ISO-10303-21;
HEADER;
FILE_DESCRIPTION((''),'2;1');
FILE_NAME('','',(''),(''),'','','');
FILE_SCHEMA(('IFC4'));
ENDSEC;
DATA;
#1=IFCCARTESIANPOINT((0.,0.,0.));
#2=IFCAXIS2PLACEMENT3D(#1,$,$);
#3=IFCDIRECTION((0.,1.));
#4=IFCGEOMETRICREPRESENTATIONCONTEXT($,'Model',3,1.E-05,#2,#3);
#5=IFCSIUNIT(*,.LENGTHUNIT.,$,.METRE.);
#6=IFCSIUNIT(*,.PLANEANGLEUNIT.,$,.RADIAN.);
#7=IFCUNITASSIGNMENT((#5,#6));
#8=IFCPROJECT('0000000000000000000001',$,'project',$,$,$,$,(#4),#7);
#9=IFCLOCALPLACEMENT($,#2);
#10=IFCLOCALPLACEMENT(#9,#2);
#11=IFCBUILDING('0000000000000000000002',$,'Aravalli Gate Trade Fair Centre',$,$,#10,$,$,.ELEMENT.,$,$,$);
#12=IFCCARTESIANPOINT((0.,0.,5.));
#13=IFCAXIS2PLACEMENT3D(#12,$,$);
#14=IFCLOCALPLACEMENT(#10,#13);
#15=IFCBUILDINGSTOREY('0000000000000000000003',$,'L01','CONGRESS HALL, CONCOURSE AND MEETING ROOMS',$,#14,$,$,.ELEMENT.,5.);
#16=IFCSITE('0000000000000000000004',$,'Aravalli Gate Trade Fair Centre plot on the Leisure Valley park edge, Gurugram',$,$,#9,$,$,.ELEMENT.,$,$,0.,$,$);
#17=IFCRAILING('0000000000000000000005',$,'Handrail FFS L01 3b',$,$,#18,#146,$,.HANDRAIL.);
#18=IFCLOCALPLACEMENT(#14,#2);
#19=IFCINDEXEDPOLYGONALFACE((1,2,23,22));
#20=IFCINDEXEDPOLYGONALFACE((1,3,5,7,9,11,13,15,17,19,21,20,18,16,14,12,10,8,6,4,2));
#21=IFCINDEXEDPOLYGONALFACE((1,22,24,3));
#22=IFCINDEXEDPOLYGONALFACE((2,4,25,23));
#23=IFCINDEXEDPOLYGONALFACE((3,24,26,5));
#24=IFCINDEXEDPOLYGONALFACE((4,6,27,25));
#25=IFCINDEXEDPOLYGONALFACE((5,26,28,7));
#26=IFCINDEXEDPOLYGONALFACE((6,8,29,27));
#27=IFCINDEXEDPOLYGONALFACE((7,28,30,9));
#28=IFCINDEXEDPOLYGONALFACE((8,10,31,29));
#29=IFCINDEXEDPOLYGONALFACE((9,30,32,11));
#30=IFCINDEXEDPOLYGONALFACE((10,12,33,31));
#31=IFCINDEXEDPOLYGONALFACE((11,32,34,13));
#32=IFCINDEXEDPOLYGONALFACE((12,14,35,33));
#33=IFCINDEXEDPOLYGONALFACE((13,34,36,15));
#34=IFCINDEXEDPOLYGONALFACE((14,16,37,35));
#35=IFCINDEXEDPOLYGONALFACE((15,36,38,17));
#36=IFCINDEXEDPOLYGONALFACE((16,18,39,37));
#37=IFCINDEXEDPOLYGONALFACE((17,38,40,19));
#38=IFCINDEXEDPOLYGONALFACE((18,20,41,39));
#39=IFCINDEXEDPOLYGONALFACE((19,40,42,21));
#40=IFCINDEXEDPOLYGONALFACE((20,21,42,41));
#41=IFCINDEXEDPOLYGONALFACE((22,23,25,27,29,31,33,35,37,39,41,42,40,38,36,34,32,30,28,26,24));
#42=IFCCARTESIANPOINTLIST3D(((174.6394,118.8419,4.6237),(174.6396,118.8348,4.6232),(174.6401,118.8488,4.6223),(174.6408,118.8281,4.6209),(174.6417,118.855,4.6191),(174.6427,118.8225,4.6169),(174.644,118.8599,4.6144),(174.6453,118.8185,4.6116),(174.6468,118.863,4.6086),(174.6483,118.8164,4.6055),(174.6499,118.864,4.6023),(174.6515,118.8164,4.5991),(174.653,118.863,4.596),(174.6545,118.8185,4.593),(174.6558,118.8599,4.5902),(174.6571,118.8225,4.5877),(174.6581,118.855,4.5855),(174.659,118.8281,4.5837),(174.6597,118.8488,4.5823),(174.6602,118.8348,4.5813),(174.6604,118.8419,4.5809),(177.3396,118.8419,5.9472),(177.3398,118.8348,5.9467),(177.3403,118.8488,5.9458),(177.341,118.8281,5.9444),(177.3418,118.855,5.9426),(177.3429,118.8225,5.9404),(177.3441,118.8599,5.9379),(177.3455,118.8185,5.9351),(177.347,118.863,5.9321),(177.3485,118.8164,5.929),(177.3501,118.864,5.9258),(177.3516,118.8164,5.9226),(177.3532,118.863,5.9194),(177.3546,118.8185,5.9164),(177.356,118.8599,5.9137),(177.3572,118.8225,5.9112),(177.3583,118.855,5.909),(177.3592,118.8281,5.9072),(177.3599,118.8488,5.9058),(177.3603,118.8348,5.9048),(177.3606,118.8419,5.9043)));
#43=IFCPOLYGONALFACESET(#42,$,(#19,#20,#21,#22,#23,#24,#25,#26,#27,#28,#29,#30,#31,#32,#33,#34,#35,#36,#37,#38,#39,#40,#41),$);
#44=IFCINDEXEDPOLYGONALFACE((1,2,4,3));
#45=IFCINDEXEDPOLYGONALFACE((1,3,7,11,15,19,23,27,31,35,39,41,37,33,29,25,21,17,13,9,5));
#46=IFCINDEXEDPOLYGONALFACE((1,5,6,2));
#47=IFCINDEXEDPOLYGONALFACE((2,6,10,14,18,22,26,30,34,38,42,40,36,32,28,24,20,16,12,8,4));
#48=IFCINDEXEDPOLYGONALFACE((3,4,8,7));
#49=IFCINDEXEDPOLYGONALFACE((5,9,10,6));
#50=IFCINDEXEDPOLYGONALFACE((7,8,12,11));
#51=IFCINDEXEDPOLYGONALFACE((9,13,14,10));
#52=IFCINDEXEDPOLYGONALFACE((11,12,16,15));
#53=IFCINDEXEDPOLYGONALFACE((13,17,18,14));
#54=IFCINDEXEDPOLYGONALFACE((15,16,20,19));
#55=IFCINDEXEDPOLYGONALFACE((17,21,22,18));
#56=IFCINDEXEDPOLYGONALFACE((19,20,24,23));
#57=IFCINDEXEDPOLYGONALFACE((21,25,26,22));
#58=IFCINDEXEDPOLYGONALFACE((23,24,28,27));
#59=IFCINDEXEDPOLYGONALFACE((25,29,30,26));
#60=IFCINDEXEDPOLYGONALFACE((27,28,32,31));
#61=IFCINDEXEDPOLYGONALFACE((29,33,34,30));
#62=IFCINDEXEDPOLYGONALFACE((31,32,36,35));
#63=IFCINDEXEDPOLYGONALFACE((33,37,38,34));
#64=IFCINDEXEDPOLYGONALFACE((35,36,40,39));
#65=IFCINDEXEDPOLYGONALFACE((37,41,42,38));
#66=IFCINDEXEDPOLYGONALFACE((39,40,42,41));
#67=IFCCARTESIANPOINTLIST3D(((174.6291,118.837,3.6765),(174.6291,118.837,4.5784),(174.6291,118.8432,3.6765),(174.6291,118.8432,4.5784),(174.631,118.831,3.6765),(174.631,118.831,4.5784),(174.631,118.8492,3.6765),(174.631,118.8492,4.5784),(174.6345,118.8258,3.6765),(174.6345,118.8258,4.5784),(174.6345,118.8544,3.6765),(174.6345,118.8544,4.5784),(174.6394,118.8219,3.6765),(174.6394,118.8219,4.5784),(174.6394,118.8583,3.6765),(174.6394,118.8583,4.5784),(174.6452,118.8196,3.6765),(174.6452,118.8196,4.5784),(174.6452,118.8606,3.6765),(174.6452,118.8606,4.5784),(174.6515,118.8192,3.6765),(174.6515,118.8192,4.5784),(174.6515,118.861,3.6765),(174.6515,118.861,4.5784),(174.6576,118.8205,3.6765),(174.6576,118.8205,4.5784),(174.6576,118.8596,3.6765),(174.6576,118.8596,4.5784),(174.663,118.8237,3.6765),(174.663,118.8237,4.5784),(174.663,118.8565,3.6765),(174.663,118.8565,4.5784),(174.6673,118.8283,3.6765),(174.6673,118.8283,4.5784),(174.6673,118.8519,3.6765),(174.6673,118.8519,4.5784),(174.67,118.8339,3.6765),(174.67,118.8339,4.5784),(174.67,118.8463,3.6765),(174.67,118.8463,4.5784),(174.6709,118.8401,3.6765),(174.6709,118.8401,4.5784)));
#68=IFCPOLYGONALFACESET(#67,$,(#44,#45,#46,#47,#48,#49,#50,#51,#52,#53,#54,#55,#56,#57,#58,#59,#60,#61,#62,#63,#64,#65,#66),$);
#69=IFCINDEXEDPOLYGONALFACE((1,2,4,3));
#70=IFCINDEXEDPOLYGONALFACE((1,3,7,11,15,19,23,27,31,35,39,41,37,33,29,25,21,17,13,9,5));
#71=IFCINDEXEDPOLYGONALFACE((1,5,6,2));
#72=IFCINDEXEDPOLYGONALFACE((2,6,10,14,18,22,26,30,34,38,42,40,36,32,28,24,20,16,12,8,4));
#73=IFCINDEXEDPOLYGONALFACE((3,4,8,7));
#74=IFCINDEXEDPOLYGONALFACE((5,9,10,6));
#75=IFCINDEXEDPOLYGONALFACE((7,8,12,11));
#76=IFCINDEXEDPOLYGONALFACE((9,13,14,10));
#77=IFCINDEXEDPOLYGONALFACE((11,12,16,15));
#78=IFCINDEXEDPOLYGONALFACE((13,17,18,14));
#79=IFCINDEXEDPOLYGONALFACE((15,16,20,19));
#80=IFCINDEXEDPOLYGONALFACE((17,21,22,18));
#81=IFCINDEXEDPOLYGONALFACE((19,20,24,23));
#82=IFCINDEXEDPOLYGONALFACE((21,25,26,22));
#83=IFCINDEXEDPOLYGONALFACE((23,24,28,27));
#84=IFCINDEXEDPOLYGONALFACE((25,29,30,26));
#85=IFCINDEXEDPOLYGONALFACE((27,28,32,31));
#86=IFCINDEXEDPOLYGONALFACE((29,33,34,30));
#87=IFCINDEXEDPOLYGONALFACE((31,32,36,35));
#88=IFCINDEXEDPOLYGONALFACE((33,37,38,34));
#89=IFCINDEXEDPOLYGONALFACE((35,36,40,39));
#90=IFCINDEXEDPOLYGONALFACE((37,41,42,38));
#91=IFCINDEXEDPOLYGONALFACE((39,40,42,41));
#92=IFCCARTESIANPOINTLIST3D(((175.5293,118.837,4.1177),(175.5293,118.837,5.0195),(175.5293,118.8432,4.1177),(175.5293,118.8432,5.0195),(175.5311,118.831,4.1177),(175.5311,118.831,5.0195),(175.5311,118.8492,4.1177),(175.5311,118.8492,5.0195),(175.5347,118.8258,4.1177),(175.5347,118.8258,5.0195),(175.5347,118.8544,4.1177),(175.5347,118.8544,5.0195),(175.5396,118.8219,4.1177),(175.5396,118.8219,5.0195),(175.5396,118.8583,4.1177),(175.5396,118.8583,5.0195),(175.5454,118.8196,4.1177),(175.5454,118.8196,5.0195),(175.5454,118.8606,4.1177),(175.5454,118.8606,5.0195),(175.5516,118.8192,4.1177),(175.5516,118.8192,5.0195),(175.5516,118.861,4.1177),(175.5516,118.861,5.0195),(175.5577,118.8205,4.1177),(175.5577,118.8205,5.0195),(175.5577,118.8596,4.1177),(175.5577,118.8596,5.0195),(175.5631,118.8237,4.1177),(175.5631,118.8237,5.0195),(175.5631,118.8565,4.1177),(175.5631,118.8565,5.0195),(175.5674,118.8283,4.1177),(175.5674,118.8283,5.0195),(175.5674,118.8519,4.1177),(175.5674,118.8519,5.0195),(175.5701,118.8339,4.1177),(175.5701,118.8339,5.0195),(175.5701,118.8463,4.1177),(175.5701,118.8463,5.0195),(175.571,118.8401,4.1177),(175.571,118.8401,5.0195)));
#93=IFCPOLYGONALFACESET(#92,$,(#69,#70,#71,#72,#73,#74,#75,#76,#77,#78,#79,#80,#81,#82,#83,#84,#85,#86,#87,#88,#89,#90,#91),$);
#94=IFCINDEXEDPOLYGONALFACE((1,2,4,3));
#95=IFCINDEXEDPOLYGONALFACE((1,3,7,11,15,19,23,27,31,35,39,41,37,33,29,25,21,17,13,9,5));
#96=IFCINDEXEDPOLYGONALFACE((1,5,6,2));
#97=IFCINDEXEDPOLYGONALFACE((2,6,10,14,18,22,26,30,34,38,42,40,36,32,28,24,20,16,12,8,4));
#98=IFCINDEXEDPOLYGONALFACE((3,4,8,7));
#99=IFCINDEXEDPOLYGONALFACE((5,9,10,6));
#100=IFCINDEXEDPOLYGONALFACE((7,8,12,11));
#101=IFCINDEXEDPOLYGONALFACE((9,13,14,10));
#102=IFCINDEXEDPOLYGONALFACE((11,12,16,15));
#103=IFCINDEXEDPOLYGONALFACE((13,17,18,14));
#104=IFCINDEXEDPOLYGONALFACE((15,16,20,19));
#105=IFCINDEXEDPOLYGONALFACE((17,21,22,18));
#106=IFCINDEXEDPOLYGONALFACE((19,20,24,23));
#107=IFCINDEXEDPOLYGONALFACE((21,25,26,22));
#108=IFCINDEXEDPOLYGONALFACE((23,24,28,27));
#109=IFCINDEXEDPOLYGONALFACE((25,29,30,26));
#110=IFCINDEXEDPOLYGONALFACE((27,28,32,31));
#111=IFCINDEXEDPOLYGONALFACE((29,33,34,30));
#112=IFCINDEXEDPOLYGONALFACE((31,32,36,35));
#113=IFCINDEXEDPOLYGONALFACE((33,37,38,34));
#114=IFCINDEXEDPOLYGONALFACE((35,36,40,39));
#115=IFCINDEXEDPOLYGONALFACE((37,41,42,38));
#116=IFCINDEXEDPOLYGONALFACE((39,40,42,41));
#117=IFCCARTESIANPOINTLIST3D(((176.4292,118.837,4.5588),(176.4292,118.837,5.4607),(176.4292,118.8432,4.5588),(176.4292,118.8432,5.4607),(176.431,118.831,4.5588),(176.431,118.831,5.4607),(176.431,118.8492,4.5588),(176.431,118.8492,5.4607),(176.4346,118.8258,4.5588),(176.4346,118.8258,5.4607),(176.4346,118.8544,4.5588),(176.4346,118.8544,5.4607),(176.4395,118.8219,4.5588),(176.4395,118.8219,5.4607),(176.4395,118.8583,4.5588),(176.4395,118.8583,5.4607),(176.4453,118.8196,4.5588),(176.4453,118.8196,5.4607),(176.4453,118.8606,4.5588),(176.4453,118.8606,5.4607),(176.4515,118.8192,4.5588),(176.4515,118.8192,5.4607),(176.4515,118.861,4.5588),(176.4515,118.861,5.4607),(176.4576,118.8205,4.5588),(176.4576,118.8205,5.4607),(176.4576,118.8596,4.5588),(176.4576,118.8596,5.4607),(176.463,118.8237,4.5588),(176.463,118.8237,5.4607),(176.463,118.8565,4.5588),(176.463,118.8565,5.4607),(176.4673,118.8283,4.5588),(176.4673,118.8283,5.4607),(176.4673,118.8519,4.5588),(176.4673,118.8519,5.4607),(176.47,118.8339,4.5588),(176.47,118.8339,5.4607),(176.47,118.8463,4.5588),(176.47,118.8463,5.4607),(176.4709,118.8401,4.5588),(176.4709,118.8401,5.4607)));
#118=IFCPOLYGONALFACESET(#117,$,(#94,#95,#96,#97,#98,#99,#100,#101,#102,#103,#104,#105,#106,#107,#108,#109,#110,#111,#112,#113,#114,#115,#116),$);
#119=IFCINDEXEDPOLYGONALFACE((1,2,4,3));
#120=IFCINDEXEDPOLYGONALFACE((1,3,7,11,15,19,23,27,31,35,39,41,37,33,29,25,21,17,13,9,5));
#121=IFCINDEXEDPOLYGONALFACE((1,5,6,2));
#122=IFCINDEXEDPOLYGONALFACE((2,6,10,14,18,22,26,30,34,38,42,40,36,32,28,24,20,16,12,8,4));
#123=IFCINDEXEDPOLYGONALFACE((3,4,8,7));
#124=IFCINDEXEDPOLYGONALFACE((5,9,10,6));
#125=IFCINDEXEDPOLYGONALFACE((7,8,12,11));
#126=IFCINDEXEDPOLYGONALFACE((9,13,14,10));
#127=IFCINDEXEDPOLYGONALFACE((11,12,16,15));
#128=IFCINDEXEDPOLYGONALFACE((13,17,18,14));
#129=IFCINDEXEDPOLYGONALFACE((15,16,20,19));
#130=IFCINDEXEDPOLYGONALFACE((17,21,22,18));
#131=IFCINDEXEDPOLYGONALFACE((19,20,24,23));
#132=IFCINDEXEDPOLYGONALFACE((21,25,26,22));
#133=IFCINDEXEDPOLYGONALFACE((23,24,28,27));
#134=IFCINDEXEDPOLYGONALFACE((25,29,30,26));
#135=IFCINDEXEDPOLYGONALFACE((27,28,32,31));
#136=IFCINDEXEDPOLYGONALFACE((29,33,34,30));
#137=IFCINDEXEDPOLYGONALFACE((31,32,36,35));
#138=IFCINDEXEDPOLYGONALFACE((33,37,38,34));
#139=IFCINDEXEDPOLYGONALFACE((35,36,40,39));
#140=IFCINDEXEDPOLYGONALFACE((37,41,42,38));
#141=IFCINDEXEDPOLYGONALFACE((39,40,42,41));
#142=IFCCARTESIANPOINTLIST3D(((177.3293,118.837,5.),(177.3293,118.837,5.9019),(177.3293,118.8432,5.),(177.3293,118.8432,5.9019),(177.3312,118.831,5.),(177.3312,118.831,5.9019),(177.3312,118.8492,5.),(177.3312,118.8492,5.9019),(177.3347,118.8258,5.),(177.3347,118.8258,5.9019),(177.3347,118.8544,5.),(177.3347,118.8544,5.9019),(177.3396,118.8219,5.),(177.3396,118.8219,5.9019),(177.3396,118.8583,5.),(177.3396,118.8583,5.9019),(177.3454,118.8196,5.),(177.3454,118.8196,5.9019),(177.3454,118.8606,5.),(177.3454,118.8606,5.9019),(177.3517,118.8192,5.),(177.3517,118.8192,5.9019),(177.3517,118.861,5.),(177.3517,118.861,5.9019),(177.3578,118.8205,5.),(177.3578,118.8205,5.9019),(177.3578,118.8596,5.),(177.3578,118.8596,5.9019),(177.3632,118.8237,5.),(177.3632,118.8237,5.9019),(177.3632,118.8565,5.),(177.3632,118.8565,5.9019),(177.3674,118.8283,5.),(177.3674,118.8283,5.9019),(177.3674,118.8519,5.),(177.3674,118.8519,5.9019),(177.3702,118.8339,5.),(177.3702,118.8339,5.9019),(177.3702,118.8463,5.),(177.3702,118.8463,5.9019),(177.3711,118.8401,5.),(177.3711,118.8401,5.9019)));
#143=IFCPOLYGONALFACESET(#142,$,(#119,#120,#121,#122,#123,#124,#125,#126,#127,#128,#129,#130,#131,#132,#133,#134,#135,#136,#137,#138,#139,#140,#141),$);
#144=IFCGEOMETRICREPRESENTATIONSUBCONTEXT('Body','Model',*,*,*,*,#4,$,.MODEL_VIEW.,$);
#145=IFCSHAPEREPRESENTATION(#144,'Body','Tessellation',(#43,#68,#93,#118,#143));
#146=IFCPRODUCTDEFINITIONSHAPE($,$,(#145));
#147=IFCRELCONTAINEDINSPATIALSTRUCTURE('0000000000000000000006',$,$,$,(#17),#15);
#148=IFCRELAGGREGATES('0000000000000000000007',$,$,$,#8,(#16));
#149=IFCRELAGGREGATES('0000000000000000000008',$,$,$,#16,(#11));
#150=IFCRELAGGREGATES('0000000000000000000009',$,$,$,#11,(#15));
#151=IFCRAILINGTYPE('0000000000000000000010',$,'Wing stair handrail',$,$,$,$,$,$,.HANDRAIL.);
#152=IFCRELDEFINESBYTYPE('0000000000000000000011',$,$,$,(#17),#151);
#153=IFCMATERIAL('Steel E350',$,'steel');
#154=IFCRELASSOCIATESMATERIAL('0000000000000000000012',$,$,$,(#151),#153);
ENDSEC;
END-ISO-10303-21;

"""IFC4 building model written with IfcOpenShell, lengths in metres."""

from ifc_helpers import new_model, si_unit, direction, frame, origin, origin_2d, place, context, subcontext, project, spatial, circle, extrude, material, type_object, element, save


model = new_model("IFC4")

# Units and contexts
model_context = context("Model", 3, precision=1e-05, world=origin(), true_north=direction((0.0, 1.0)))
body_context = subcontext(model_context, "Body", "Model", "MODEL_VIEW")
ifc_project = project(units=[si_unit("LENGTHUNIT", "METRE"), si_unit("PLANEANGLEUNIT", "RADIAN")], contexts=[model_context])

# Site, building, storey
site_placement = place(None, origin())
site = spatial("IfcSite", under=ifc_project, at=site_placement, Name="Aravalli Gate Trade Fair Centre plot on the Leisure Valley park edge, Gurugram", CompositionType="ELEMENT", RefElevation=0.0)
building_placement = place(site_placement, origin())
building = spatial("IfcBuilding", under=site, at=building_placement, Name="Aravalli Gate Trade Fair Centre", CompositionType="ELEMENT")
storey_placement = place(building_placement, frame((0.0, 0.0, 5.0)))
storey = spatial("IfcBuildingStorey", under=building, at=storey_placement, Name="L01", Description="CONGRESS HALL, CONCOURSE AND MEETING ROOMS", CompositionType="ELEMENT", Elevation=5.0)

# Shared definitions
ifc_material_1 = material(Name="Steel E350", Category="steel")

# Railing
railing_type_1 = type_object("IfcRailingType", Name="Wing stair handrail", PredefinedType="HANDRAIL", material=ifc_material_1)
for number, where, name in (
    (1, (174.6499, 118.8401, 3.6765), "Handrail FFS L01 3b"),
):
    element("IfcRailing", number, at=place(storey_placement, frame(where)), inside=storey, type_object=railing_type_1, Name=name, PredefinedType="HANDRAIL", context=body_context, shape_type="SweptSolid", body=[
        extrude(circle(Radius=0.0239, at=origin_2d()), frame((0.0, 0.0, 0.9258), z_axis=(0.897939, 0.0, 0.44012), x_axis=(0.0, 1.0, 0.0)), (0.0, 0.0, 1.0), 3.0071),
        extrude(circle(Radius=0.021, at=origin_2d()), origin(), (0.0, 0.0, 1.0), 0.9019),
        extrude(circle(Radius=0.021, at=origin_2d()), frame((0.9001, 0.0, 0.4412)), (0.0, 0.0, 1.0), 0.9019),
        extrude(circle(Radius=0.021, at=origin_2d()), frame((1.8, 0.0, 0.8823)), (0.0, 0.0, 1.0), 0.9019),
        extrude(circle(Radius=0.021, at=origin_2d()), frame((2.7002, 0.0, 1.3235)), (0.0, 0.0, 1.0), 0.9019),
    ])

save(model, "model.ifc")
